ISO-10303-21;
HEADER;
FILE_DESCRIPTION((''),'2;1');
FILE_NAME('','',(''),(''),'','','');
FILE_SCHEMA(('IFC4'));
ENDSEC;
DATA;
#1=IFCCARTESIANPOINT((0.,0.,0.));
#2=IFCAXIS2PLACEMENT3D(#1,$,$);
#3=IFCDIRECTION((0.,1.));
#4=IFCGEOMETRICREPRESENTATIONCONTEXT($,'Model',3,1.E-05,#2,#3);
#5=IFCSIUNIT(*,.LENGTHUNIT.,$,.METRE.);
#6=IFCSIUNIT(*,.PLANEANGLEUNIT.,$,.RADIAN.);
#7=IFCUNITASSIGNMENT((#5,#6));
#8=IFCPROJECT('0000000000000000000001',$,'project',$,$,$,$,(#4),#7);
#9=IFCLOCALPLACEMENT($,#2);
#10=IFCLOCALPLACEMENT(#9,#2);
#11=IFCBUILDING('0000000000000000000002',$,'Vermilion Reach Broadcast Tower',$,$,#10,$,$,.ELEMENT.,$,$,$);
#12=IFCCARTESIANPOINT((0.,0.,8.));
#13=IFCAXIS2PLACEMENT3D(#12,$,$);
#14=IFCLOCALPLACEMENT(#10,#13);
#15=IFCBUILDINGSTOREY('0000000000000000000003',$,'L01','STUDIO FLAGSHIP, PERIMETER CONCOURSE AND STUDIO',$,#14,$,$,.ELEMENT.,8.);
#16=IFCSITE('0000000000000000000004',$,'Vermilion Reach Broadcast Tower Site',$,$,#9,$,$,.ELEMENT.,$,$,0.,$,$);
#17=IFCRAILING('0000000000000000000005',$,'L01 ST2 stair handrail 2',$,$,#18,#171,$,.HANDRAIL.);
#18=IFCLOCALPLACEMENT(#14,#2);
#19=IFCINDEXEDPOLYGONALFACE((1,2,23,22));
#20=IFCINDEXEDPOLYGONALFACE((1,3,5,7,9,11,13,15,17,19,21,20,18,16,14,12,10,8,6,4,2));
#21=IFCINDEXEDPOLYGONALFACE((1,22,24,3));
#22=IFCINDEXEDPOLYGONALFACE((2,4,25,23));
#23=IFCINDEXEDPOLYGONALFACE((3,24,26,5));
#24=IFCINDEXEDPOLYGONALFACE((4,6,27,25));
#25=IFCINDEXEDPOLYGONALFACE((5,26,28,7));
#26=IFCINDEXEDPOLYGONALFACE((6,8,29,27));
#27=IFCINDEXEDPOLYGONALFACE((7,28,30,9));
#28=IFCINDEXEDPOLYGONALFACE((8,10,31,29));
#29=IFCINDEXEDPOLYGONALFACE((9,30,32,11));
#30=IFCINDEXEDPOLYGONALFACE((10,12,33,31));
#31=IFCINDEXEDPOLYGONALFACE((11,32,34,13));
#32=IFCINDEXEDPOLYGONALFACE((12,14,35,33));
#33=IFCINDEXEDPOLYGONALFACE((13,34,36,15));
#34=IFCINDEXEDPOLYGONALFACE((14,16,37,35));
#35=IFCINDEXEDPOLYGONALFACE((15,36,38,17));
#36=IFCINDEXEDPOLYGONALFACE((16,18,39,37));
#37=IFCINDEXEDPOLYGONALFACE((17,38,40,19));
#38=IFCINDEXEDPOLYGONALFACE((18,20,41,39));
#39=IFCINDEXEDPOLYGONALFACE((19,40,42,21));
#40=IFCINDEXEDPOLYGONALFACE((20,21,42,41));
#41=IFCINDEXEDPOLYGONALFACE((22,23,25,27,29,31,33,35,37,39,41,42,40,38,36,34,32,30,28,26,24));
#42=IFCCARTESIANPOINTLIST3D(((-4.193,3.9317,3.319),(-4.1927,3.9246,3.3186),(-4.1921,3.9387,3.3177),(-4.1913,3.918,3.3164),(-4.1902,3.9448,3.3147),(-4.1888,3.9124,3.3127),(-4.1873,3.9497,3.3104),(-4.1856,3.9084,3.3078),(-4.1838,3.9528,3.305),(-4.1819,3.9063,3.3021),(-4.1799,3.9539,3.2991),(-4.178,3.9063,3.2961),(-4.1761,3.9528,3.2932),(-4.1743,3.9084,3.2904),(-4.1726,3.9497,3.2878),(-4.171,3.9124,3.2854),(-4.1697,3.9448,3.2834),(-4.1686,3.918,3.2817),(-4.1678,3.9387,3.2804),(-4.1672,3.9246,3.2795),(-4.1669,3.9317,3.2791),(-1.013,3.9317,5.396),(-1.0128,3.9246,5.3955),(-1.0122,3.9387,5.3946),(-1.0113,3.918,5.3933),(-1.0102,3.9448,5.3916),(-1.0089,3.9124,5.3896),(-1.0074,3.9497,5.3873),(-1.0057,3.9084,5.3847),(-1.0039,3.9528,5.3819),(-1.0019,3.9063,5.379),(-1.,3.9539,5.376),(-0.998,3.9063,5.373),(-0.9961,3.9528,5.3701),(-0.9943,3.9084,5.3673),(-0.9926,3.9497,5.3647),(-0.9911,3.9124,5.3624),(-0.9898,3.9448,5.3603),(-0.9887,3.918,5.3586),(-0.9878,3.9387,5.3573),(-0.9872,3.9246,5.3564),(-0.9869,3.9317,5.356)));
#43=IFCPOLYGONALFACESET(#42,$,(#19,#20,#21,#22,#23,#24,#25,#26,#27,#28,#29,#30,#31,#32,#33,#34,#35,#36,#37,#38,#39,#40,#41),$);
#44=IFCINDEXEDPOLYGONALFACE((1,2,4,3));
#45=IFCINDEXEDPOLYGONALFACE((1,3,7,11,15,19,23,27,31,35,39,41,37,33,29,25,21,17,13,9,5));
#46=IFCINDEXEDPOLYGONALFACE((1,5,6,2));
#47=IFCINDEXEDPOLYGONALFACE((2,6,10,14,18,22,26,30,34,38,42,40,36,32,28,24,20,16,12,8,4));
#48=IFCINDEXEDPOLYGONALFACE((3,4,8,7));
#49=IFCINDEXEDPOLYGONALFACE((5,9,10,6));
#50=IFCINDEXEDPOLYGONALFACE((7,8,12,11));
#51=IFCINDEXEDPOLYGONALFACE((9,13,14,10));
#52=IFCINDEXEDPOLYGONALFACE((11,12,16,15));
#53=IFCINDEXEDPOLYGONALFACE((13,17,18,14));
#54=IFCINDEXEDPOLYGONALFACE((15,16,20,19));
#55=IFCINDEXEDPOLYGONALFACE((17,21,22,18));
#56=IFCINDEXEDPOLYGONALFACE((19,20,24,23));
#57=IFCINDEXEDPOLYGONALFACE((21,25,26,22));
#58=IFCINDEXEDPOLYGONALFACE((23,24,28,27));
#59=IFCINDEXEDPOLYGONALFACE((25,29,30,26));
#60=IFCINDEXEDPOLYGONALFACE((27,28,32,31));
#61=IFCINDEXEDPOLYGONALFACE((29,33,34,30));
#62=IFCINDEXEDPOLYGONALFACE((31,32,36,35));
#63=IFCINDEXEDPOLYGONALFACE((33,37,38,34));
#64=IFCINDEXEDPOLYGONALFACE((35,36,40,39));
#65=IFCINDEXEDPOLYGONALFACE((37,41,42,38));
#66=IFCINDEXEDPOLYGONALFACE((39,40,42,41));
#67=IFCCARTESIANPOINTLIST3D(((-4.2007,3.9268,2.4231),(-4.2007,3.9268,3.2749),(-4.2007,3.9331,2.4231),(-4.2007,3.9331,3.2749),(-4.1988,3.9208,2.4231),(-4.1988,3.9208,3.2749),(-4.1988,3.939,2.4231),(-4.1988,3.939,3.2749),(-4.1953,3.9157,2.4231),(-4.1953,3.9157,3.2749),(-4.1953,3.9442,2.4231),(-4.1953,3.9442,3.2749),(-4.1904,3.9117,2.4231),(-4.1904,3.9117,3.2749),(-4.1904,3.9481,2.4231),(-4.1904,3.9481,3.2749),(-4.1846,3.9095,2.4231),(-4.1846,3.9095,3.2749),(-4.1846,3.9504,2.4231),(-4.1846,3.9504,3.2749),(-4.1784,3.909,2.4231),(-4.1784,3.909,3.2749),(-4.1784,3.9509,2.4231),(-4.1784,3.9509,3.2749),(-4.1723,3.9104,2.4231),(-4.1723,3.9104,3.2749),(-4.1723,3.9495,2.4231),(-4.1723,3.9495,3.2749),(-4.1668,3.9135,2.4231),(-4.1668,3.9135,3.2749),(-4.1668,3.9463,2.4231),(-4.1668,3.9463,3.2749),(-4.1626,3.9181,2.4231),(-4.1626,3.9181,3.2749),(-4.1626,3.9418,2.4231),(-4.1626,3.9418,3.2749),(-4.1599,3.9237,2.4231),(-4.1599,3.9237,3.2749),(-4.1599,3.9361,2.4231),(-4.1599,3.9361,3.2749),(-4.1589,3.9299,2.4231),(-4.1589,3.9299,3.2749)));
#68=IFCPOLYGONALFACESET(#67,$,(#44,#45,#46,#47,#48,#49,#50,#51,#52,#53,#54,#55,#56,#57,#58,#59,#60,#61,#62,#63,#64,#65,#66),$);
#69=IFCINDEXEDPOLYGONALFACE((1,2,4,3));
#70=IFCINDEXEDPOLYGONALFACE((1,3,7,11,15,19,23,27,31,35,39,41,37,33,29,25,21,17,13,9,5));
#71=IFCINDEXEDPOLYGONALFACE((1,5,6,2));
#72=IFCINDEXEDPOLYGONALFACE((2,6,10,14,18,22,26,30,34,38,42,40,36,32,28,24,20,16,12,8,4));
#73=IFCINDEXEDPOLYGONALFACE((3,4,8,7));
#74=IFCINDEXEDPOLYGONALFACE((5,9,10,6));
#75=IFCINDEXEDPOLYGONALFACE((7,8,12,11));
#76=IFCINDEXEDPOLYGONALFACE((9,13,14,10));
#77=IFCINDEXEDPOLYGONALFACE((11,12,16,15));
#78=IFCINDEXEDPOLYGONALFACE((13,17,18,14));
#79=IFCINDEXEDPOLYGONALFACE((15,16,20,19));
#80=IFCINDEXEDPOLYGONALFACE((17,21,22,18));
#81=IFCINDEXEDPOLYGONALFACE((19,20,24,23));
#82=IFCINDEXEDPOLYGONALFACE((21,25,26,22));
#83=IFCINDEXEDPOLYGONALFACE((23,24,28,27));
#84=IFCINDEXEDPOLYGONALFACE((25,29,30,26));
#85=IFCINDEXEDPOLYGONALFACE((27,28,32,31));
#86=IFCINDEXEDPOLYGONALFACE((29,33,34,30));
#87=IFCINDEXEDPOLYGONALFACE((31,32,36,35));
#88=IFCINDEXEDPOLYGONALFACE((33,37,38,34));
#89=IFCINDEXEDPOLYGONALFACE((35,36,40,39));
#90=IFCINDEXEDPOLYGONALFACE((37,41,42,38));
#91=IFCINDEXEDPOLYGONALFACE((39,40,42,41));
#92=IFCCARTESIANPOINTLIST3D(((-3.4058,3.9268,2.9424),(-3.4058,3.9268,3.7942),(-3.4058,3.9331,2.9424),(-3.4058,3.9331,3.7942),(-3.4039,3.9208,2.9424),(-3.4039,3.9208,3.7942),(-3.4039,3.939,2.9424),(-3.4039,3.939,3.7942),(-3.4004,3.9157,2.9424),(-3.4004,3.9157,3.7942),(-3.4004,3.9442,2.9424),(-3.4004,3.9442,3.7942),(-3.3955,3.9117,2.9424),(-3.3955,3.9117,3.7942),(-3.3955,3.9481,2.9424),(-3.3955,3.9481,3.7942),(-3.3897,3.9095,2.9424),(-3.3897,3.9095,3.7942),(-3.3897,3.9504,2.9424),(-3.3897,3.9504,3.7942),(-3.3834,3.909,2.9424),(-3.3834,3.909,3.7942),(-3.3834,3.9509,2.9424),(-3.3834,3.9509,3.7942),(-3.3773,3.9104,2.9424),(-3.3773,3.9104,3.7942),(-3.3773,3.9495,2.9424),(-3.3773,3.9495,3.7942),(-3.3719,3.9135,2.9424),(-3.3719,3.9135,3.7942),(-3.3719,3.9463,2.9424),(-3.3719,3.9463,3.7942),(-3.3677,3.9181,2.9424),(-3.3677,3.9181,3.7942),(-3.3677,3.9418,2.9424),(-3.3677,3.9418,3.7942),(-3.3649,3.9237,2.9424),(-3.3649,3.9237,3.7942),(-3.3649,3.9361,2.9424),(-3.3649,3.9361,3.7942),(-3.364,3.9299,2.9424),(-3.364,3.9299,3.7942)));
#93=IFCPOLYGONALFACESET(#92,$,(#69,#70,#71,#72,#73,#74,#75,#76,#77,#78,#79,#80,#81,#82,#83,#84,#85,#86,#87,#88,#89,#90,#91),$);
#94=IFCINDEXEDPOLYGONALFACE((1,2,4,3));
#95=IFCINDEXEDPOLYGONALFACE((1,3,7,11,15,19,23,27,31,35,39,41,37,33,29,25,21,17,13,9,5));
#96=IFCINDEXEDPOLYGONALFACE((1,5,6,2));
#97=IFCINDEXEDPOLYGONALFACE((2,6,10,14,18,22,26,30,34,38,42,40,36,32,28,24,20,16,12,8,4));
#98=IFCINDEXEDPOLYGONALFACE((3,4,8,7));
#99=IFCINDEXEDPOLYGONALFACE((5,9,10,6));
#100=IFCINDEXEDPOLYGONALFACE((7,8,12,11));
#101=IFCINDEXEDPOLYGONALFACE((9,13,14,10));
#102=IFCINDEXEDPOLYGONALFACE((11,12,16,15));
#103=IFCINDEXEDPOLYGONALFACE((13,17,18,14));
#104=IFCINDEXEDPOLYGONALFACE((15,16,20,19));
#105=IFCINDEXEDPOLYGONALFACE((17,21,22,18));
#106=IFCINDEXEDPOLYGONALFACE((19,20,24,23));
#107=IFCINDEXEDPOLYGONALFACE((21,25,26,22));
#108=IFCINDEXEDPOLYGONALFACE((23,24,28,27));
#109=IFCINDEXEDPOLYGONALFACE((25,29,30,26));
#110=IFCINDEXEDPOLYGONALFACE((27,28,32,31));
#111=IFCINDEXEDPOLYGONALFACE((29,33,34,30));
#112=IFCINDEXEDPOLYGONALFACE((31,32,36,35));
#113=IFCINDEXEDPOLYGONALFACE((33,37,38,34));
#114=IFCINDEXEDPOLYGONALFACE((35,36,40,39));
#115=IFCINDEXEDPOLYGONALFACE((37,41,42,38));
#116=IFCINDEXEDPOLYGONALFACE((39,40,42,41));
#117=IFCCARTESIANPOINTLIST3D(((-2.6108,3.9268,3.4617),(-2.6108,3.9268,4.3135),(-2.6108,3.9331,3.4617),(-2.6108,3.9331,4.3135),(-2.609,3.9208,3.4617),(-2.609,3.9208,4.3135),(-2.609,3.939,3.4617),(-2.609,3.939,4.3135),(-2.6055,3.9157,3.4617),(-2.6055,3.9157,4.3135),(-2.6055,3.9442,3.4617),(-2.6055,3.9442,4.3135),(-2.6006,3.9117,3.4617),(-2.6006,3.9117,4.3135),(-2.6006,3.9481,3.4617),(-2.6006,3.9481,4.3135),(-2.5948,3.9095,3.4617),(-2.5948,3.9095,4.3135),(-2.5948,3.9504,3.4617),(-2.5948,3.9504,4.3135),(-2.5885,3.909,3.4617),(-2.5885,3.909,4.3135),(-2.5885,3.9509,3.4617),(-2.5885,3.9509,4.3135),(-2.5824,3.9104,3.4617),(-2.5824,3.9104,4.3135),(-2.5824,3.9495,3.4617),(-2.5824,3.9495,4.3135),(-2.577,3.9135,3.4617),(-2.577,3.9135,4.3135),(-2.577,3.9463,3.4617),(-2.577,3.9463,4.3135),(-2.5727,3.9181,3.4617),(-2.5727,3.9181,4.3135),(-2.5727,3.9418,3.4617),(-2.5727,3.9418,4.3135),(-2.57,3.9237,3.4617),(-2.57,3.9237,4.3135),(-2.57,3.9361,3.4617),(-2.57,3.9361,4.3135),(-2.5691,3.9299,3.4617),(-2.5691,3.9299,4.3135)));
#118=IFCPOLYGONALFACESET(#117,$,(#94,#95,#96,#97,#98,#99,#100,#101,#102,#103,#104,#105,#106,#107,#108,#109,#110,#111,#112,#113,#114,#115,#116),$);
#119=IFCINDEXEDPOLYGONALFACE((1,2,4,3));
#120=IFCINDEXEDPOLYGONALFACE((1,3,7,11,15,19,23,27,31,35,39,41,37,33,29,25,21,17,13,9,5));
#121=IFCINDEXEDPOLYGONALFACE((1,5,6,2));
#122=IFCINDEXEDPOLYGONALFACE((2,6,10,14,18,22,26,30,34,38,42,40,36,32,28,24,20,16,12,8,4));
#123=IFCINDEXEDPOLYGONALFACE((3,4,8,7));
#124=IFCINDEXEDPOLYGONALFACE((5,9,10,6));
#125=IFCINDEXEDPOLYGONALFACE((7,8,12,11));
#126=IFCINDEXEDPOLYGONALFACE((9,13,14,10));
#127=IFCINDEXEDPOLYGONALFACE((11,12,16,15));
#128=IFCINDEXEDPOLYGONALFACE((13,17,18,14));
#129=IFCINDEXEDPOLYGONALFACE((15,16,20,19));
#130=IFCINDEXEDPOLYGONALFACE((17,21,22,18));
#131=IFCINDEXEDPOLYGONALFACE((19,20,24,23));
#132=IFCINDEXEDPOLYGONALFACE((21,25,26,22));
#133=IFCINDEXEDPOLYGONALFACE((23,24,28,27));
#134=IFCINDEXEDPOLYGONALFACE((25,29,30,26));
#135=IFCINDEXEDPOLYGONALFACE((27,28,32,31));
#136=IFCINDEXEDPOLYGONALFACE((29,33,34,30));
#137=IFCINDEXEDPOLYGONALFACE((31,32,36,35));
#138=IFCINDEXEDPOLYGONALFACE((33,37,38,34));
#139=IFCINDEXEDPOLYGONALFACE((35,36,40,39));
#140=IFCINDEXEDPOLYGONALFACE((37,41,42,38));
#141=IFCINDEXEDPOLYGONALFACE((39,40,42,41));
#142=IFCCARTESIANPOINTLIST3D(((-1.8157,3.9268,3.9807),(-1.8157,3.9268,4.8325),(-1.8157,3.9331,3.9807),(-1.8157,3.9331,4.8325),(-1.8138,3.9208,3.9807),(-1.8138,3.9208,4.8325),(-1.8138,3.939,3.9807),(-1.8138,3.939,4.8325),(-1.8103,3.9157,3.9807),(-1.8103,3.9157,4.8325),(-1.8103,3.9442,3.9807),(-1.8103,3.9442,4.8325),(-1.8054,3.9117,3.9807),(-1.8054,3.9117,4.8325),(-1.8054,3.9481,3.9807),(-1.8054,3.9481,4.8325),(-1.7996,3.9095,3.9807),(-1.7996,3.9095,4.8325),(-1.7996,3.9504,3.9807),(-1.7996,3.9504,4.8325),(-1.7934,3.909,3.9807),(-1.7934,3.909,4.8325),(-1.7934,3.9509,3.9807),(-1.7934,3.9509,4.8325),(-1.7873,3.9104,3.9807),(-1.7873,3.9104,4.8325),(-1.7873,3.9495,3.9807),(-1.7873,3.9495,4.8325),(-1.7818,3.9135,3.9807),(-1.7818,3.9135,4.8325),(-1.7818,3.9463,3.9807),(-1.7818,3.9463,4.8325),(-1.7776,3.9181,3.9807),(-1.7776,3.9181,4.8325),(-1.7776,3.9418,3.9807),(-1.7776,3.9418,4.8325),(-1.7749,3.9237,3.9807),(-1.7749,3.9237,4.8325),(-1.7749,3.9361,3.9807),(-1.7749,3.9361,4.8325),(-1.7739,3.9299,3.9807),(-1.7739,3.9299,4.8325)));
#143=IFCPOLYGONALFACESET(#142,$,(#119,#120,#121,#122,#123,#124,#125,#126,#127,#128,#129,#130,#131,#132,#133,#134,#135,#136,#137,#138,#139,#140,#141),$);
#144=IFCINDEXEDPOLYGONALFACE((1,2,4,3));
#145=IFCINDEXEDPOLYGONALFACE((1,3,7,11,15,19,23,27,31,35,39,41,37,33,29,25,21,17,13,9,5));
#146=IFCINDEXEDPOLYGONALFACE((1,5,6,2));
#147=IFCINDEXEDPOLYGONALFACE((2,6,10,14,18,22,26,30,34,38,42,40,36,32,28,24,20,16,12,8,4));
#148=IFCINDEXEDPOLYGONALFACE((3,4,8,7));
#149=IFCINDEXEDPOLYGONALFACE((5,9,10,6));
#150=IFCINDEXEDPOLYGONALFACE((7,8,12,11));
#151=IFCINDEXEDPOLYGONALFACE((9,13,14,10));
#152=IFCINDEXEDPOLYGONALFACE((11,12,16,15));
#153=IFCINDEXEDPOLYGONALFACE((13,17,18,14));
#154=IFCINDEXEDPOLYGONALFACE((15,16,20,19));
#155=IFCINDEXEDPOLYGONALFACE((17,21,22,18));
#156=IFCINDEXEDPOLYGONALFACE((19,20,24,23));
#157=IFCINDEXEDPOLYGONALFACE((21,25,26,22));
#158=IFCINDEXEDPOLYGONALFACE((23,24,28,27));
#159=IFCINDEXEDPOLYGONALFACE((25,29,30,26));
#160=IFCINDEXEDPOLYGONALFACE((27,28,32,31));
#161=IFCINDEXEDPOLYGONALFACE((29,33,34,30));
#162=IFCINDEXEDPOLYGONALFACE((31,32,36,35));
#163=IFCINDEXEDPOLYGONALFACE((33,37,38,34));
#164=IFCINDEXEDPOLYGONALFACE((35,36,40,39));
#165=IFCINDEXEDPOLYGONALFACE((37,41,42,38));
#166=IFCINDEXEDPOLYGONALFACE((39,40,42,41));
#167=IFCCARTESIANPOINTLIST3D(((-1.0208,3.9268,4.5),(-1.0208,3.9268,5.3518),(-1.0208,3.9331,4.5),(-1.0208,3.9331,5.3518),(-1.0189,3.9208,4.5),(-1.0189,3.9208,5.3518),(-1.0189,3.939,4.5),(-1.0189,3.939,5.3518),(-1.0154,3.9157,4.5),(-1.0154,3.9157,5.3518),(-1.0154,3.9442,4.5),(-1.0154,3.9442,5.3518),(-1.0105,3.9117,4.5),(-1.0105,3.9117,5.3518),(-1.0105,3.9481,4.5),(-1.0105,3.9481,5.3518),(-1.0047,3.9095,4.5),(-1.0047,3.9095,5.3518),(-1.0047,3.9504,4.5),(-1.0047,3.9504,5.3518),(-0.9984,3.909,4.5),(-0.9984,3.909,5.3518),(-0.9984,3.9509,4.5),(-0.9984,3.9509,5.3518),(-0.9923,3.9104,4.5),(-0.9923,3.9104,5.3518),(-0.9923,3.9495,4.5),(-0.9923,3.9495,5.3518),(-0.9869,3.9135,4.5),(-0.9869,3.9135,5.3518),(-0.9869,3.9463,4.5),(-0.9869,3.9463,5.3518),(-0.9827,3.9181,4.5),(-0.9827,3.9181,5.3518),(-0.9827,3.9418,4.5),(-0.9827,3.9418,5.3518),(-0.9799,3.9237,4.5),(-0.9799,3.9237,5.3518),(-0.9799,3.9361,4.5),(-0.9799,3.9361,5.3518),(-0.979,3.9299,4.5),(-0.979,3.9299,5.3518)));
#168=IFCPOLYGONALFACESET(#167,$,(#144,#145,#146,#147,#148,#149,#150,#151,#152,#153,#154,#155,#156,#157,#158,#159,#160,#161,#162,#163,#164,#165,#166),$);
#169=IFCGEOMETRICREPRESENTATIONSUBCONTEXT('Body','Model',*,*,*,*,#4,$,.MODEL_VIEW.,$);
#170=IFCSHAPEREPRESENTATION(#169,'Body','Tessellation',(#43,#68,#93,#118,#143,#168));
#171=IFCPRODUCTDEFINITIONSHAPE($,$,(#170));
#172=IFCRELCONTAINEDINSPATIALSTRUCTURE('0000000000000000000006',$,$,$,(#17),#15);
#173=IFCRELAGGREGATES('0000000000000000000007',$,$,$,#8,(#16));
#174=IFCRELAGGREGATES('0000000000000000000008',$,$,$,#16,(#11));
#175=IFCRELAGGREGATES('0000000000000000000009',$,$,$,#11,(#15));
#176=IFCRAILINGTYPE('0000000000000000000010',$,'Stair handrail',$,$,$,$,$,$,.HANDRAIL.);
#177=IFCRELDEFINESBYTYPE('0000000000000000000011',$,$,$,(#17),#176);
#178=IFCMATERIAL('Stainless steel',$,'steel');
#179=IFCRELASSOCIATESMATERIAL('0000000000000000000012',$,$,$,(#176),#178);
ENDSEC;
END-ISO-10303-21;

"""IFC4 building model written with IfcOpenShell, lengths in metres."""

from ifc_helpers import new_model, si_unit, direction, frame, origin, origin_2d, place, context, subcontext, project, spatial, circle, extrude, material, type_object, element, save


model = new_model("IFC4")

# Units and contexts
model_context = context("Model", 3, precision=1e-05, world=origin(), true_north=direction((0.0, 1.0)))
body_context = subcontext(model_context, "Body", "Model", "MODEL_VIEW")
ifc_project = project(units=[si_unit("LENGTHUNIT", "METRE"), si_unit("PLANEANGLEUNIT", "RADIAN")], contexts=[model_context])

# Site, building, storey
site_placement = place(None, origin())
site = spatial("IfcSite", under=ifc_project, at=site_placement, Name="Vermilion Reach Broadcast Tower Site", CompositionType="ELEMENT", RefElevation=0.0)
building_placement = place(site_placement, origin())
building = spatial("IfcBuilding", under=site, at=building_placement, Name="Vermilion Reach Broadcast Tower", CompositionType="ELEMENT")
storey_placement = place(building_placement, frame((0.0, 0.0, 8.0)))
storey = spatial("IfcBuildingStorey", under=building, at=storey_placement, Name="L01", Description="STUDIO FLAGSHIP, PERIMETER CONCOURSE AND STUDIO", CompositionType="ELEMENT", Elevation=8.0)

# Railing
ifc_material_1 = material(Name="Stainless steel", Category="steel")
railing_type_1 = type_object("IfcRailingType", Name="Stair handrail", PredefinedType="HANDRAIL", material=ifc_material_1)
railing_1_placement = place(storey_placement, frame((-4.1799, 3.9299, 2.4231)))
element("IfcRailing", 1, at=railing_1_placement, inside=storey, type_object=railing_type_1, Name="L01 ST2 stair handrail 2", PredefinedType="HANDRAIL", context=body_context, shape_type="SweptSolid", body=[
    extrude(circle(Radius=0.0239, at=origin_2d()), frame((0.0, 0.0, 0.876), z_axis=(0.837245, 0.0, 0.546828), x_axis=(0.0, 1.0, 0.0)), (0.0, 0.0, 1.0), 3.7981),
    extrude(circle(Radius=0.021, at=origin_2d()), origin(), (0.0, 0.0, 1.0), 0.8518),
    extrude(circle(Radius=0.021, at=origin_2d()), frame((0.7949, 0.0, 0.5193)), (0.0, 0.0, 1.0), 0.8518),
    extrude(circle(Radius=0.021, at=origin_2d()), frame((1.5898, 0.0, 1.0386)), (0.0, 0.0, 1.0), 0.8518),
    extrude(circle(Radius=0.021, at=origin_2d()), frame((2.385, 0.0, 1.5576)), (0.0, 0.0, 1.0), 0.8518),
    extrude(circle(Radius=0.021, at=origin_2d()), frame((3.1799, 0.0, 2.0769)), (0.0, 0.0, 1.0), 0.8518),
])

save(model, "model.ifc")
